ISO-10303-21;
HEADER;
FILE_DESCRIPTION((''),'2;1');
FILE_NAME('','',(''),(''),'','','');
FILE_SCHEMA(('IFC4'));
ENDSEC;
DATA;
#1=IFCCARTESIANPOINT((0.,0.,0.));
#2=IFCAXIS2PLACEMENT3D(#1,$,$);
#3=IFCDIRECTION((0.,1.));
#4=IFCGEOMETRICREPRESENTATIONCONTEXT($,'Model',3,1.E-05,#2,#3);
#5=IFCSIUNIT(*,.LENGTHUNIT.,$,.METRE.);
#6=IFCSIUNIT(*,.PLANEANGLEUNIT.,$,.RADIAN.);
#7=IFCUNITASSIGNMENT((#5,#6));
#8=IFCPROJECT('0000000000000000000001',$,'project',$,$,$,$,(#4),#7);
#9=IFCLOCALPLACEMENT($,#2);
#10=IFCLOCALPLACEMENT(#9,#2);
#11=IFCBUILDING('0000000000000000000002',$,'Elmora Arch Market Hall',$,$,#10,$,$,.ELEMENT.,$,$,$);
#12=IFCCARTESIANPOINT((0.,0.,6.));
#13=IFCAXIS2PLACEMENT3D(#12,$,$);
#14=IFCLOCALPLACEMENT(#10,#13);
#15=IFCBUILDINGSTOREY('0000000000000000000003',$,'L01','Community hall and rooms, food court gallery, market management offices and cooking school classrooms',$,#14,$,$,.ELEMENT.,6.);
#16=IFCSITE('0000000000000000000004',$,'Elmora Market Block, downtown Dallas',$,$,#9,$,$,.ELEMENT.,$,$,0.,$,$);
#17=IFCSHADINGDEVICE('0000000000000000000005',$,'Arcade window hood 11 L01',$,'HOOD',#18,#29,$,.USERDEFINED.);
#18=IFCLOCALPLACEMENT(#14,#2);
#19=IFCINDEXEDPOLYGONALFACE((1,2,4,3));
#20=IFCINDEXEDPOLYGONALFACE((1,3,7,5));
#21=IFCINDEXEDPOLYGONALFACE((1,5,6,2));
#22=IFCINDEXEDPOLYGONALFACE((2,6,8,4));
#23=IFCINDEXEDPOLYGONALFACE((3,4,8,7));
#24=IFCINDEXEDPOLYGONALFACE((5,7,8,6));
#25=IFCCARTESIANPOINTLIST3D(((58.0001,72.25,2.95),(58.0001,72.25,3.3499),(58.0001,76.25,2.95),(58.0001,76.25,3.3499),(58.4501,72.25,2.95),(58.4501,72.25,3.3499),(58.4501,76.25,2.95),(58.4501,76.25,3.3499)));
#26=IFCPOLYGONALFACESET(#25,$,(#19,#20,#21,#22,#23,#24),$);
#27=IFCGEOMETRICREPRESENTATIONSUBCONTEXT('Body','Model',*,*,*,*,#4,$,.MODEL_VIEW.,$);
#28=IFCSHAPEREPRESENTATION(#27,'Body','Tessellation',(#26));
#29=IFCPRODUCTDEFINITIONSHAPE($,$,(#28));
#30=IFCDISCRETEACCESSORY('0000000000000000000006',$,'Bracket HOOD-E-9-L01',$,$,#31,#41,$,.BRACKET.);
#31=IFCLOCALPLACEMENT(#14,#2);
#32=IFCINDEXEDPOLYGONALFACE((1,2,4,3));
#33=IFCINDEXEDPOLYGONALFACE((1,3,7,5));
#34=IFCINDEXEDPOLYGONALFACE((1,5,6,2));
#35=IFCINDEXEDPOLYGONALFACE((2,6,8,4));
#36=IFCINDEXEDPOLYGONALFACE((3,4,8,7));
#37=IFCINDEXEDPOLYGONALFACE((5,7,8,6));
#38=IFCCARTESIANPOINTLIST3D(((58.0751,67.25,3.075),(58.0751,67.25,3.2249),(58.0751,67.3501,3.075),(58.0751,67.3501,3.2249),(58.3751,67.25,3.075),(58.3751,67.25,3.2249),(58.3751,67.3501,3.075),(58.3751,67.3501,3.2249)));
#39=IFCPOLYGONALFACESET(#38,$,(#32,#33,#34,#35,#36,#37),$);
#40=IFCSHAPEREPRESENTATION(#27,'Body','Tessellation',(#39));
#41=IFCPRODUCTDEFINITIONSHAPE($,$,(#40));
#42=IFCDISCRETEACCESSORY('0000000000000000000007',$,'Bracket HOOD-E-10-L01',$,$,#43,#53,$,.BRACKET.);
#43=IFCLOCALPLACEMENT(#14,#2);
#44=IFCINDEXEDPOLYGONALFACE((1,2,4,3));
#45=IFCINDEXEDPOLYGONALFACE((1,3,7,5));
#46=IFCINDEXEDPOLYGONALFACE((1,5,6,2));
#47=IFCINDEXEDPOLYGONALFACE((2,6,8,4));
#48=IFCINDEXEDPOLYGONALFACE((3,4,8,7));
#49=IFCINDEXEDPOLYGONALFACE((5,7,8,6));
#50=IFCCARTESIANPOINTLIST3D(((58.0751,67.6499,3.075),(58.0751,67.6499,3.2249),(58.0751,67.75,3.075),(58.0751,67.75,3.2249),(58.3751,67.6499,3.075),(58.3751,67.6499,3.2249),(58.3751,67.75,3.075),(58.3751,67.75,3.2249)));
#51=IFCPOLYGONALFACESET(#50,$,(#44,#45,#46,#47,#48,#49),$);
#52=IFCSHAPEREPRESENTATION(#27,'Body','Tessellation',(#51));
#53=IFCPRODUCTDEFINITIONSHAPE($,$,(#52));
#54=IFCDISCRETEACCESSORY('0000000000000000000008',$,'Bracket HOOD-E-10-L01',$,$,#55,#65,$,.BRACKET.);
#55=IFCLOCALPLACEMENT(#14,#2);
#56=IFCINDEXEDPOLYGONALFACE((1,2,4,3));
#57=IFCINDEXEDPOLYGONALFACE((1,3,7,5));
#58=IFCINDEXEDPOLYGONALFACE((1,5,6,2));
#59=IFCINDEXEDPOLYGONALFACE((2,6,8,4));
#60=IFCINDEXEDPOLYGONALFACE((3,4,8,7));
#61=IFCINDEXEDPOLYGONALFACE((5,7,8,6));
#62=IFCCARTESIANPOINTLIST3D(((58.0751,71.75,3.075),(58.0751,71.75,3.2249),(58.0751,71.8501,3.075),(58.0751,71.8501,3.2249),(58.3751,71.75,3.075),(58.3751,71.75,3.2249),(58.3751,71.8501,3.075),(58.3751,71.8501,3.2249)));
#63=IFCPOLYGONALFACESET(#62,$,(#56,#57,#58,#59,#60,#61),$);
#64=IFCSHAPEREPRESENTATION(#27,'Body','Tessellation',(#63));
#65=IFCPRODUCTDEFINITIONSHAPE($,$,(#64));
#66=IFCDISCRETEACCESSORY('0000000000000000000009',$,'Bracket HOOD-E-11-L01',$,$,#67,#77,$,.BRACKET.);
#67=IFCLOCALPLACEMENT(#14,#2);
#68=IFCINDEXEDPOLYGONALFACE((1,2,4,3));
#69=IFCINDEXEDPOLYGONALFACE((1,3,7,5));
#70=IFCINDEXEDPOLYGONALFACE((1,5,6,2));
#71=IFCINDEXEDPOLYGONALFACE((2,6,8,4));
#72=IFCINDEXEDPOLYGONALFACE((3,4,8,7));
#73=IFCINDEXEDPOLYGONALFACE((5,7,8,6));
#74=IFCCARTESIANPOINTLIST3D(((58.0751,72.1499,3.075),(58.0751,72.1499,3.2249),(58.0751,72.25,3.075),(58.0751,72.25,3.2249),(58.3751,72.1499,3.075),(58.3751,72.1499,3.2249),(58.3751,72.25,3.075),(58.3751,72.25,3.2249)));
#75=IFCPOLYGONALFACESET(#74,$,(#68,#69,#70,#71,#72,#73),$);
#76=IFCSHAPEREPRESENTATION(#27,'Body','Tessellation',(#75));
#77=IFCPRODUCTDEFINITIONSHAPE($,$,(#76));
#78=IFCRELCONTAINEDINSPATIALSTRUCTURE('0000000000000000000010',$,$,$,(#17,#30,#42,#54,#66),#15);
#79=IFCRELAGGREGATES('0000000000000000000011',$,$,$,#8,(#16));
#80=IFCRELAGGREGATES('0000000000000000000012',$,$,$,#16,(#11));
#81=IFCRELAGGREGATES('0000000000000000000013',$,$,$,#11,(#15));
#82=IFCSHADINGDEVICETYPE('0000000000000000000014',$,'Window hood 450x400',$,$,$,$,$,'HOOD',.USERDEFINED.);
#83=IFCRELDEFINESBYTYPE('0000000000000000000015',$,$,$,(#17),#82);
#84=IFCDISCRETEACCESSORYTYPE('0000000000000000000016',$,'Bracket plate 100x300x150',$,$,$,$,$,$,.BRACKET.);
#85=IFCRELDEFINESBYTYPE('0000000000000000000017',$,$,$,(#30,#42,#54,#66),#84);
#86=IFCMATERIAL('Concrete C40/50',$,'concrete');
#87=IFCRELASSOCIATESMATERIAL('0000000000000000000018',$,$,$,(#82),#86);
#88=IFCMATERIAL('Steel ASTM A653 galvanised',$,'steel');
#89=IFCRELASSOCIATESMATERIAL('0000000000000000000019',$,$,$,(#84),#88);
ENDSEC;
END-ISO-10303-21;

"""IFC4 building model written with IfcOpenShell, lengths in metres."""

from ifc_helpers import new_model, si_unit, direction, frame, origin, origin_2d, place, context, subcontext, project, spatial, rectangle, extrude, material, type_object, element, save


model = new_model("IFC4")

# Units and contexts
model_context = context("Model", 3, precision=1e-05, world=origin(), true_north=direction((0.0, 1.0)))
body_context = subcontext(model_context, "Body", "Model", "MODEL_VIEW")
ifc_project = project(units=[si_unit("LENGTHUNIT", "METRE"), si_unit("PLANEANGLEUNIT", "RADIAN")], contexts=[model_context])

# Site, building, storey
site_placement = place(None, origin())
site = spatial("IfcSite", under=ifc_project, at=site_placement, Name="Elmora Market Block, downtown Dallas", CompositionType="ELEMENT", RefElevation=0.0)
building_placement = place(site_placement, origin())
building = spatial("IfcBuilding", under=site, at=building_placement, Name="Elmora Arch Market Hall", CompositionType="ELEMENT")
storey_placement = place(building_placement, frame((0.0, 0.0, 6.0)))
storey = spatial("IfcBuildingStorey", under=building, at=storey_placement, Name="L01", Description="Community hall and rooms, food court gallery, market management offices and cooking school classrooms", CompositionType="ELEMENT", Elevation=6.0)

# Shading device
ifc_material_1 = material(Name="Concrete C40/50", Category="concrete")
shading_device_type_1 = type_object("IfcShadingDeviceType", Name="Window hood 450x400", ElementType="HOOD", PredefinedType="USERDEFINED", material=ifc_material_1)
for number, where, z_axis, x_axis, name in (
    (1, (58.2251, 74.25, 2.95), (0.0, 0.0, 1.0), (1.0, 0.0, 0.0), "Arcade window hood 11 L01"),
):
    element("IfcShadingDevice", number, at=place(storey_placement, frame(where, z_axis=z_axis, x_axis=x_axis)), inside=storey, type_object=shading_device_type_1, Name=name, ObjectType="HOOD", PredefinedType="USERDEFINED", context=body_context, shape_type="SweptSolid", body=[
        extrude(rectangle(XDim=0.45, YDim=4.0, at=origin_2d()), origin(), (0.0, 0.0, 1.0), 0.3999),
    ])

# Discrete accessories
ifc_material_2 = material(Name="Steel ASTM A653 galvanised", Category="steel")
discrete_accessory_type = type_object("IfcDiscreteAccessoryType", Name="Bracket plate 100x300x150", PredefinedType="BRACKET", material=ifc_material_2)
for number, where, z_axis, x_axis, name in (
    (2, (58.2251, 67.3, 3.075), (0.0, 0.0, 1.0), (1.0, 0.0, 0.0), "Bracket HOOD-E-9-L01"),
    (3, (58.2251, 67.7, 3.075), (0.0, 0.0, 1.0), (1.0, 0.0, 0.0), "Bracket HOOD-E-10-L01"),
    (4, (58.2251, 71.8, 3.075), (0.0, 0.0, 1.0), (1.0, 0.0, 0.0), "Bracket HOOD-E-10-L01"),
    (5, (58.2251, 72.2, 3.075), (0.0, 0.0, 1.0), (1.0, 0.0, 0.0), "Bracket HOOD-E-11-L01"),
):
    element("IfcDiscreteAccessory", number, at=place(storey_placement, frame(where, z_axis=z_axis, x_axis=x_axis)), inside=storey, type_object=discrete_accessory_type, Name=name, PredefinedType="BRACKET", context=body_context, shape_type="SweptSolid", body=[
        extrude(rectangle(XDim=0.3, YDim=0.1001, at=origin_2d()), origin(), (0.0, 0.0, 1.0), 0.1499),
    ])

save(model, "model.ifc")
